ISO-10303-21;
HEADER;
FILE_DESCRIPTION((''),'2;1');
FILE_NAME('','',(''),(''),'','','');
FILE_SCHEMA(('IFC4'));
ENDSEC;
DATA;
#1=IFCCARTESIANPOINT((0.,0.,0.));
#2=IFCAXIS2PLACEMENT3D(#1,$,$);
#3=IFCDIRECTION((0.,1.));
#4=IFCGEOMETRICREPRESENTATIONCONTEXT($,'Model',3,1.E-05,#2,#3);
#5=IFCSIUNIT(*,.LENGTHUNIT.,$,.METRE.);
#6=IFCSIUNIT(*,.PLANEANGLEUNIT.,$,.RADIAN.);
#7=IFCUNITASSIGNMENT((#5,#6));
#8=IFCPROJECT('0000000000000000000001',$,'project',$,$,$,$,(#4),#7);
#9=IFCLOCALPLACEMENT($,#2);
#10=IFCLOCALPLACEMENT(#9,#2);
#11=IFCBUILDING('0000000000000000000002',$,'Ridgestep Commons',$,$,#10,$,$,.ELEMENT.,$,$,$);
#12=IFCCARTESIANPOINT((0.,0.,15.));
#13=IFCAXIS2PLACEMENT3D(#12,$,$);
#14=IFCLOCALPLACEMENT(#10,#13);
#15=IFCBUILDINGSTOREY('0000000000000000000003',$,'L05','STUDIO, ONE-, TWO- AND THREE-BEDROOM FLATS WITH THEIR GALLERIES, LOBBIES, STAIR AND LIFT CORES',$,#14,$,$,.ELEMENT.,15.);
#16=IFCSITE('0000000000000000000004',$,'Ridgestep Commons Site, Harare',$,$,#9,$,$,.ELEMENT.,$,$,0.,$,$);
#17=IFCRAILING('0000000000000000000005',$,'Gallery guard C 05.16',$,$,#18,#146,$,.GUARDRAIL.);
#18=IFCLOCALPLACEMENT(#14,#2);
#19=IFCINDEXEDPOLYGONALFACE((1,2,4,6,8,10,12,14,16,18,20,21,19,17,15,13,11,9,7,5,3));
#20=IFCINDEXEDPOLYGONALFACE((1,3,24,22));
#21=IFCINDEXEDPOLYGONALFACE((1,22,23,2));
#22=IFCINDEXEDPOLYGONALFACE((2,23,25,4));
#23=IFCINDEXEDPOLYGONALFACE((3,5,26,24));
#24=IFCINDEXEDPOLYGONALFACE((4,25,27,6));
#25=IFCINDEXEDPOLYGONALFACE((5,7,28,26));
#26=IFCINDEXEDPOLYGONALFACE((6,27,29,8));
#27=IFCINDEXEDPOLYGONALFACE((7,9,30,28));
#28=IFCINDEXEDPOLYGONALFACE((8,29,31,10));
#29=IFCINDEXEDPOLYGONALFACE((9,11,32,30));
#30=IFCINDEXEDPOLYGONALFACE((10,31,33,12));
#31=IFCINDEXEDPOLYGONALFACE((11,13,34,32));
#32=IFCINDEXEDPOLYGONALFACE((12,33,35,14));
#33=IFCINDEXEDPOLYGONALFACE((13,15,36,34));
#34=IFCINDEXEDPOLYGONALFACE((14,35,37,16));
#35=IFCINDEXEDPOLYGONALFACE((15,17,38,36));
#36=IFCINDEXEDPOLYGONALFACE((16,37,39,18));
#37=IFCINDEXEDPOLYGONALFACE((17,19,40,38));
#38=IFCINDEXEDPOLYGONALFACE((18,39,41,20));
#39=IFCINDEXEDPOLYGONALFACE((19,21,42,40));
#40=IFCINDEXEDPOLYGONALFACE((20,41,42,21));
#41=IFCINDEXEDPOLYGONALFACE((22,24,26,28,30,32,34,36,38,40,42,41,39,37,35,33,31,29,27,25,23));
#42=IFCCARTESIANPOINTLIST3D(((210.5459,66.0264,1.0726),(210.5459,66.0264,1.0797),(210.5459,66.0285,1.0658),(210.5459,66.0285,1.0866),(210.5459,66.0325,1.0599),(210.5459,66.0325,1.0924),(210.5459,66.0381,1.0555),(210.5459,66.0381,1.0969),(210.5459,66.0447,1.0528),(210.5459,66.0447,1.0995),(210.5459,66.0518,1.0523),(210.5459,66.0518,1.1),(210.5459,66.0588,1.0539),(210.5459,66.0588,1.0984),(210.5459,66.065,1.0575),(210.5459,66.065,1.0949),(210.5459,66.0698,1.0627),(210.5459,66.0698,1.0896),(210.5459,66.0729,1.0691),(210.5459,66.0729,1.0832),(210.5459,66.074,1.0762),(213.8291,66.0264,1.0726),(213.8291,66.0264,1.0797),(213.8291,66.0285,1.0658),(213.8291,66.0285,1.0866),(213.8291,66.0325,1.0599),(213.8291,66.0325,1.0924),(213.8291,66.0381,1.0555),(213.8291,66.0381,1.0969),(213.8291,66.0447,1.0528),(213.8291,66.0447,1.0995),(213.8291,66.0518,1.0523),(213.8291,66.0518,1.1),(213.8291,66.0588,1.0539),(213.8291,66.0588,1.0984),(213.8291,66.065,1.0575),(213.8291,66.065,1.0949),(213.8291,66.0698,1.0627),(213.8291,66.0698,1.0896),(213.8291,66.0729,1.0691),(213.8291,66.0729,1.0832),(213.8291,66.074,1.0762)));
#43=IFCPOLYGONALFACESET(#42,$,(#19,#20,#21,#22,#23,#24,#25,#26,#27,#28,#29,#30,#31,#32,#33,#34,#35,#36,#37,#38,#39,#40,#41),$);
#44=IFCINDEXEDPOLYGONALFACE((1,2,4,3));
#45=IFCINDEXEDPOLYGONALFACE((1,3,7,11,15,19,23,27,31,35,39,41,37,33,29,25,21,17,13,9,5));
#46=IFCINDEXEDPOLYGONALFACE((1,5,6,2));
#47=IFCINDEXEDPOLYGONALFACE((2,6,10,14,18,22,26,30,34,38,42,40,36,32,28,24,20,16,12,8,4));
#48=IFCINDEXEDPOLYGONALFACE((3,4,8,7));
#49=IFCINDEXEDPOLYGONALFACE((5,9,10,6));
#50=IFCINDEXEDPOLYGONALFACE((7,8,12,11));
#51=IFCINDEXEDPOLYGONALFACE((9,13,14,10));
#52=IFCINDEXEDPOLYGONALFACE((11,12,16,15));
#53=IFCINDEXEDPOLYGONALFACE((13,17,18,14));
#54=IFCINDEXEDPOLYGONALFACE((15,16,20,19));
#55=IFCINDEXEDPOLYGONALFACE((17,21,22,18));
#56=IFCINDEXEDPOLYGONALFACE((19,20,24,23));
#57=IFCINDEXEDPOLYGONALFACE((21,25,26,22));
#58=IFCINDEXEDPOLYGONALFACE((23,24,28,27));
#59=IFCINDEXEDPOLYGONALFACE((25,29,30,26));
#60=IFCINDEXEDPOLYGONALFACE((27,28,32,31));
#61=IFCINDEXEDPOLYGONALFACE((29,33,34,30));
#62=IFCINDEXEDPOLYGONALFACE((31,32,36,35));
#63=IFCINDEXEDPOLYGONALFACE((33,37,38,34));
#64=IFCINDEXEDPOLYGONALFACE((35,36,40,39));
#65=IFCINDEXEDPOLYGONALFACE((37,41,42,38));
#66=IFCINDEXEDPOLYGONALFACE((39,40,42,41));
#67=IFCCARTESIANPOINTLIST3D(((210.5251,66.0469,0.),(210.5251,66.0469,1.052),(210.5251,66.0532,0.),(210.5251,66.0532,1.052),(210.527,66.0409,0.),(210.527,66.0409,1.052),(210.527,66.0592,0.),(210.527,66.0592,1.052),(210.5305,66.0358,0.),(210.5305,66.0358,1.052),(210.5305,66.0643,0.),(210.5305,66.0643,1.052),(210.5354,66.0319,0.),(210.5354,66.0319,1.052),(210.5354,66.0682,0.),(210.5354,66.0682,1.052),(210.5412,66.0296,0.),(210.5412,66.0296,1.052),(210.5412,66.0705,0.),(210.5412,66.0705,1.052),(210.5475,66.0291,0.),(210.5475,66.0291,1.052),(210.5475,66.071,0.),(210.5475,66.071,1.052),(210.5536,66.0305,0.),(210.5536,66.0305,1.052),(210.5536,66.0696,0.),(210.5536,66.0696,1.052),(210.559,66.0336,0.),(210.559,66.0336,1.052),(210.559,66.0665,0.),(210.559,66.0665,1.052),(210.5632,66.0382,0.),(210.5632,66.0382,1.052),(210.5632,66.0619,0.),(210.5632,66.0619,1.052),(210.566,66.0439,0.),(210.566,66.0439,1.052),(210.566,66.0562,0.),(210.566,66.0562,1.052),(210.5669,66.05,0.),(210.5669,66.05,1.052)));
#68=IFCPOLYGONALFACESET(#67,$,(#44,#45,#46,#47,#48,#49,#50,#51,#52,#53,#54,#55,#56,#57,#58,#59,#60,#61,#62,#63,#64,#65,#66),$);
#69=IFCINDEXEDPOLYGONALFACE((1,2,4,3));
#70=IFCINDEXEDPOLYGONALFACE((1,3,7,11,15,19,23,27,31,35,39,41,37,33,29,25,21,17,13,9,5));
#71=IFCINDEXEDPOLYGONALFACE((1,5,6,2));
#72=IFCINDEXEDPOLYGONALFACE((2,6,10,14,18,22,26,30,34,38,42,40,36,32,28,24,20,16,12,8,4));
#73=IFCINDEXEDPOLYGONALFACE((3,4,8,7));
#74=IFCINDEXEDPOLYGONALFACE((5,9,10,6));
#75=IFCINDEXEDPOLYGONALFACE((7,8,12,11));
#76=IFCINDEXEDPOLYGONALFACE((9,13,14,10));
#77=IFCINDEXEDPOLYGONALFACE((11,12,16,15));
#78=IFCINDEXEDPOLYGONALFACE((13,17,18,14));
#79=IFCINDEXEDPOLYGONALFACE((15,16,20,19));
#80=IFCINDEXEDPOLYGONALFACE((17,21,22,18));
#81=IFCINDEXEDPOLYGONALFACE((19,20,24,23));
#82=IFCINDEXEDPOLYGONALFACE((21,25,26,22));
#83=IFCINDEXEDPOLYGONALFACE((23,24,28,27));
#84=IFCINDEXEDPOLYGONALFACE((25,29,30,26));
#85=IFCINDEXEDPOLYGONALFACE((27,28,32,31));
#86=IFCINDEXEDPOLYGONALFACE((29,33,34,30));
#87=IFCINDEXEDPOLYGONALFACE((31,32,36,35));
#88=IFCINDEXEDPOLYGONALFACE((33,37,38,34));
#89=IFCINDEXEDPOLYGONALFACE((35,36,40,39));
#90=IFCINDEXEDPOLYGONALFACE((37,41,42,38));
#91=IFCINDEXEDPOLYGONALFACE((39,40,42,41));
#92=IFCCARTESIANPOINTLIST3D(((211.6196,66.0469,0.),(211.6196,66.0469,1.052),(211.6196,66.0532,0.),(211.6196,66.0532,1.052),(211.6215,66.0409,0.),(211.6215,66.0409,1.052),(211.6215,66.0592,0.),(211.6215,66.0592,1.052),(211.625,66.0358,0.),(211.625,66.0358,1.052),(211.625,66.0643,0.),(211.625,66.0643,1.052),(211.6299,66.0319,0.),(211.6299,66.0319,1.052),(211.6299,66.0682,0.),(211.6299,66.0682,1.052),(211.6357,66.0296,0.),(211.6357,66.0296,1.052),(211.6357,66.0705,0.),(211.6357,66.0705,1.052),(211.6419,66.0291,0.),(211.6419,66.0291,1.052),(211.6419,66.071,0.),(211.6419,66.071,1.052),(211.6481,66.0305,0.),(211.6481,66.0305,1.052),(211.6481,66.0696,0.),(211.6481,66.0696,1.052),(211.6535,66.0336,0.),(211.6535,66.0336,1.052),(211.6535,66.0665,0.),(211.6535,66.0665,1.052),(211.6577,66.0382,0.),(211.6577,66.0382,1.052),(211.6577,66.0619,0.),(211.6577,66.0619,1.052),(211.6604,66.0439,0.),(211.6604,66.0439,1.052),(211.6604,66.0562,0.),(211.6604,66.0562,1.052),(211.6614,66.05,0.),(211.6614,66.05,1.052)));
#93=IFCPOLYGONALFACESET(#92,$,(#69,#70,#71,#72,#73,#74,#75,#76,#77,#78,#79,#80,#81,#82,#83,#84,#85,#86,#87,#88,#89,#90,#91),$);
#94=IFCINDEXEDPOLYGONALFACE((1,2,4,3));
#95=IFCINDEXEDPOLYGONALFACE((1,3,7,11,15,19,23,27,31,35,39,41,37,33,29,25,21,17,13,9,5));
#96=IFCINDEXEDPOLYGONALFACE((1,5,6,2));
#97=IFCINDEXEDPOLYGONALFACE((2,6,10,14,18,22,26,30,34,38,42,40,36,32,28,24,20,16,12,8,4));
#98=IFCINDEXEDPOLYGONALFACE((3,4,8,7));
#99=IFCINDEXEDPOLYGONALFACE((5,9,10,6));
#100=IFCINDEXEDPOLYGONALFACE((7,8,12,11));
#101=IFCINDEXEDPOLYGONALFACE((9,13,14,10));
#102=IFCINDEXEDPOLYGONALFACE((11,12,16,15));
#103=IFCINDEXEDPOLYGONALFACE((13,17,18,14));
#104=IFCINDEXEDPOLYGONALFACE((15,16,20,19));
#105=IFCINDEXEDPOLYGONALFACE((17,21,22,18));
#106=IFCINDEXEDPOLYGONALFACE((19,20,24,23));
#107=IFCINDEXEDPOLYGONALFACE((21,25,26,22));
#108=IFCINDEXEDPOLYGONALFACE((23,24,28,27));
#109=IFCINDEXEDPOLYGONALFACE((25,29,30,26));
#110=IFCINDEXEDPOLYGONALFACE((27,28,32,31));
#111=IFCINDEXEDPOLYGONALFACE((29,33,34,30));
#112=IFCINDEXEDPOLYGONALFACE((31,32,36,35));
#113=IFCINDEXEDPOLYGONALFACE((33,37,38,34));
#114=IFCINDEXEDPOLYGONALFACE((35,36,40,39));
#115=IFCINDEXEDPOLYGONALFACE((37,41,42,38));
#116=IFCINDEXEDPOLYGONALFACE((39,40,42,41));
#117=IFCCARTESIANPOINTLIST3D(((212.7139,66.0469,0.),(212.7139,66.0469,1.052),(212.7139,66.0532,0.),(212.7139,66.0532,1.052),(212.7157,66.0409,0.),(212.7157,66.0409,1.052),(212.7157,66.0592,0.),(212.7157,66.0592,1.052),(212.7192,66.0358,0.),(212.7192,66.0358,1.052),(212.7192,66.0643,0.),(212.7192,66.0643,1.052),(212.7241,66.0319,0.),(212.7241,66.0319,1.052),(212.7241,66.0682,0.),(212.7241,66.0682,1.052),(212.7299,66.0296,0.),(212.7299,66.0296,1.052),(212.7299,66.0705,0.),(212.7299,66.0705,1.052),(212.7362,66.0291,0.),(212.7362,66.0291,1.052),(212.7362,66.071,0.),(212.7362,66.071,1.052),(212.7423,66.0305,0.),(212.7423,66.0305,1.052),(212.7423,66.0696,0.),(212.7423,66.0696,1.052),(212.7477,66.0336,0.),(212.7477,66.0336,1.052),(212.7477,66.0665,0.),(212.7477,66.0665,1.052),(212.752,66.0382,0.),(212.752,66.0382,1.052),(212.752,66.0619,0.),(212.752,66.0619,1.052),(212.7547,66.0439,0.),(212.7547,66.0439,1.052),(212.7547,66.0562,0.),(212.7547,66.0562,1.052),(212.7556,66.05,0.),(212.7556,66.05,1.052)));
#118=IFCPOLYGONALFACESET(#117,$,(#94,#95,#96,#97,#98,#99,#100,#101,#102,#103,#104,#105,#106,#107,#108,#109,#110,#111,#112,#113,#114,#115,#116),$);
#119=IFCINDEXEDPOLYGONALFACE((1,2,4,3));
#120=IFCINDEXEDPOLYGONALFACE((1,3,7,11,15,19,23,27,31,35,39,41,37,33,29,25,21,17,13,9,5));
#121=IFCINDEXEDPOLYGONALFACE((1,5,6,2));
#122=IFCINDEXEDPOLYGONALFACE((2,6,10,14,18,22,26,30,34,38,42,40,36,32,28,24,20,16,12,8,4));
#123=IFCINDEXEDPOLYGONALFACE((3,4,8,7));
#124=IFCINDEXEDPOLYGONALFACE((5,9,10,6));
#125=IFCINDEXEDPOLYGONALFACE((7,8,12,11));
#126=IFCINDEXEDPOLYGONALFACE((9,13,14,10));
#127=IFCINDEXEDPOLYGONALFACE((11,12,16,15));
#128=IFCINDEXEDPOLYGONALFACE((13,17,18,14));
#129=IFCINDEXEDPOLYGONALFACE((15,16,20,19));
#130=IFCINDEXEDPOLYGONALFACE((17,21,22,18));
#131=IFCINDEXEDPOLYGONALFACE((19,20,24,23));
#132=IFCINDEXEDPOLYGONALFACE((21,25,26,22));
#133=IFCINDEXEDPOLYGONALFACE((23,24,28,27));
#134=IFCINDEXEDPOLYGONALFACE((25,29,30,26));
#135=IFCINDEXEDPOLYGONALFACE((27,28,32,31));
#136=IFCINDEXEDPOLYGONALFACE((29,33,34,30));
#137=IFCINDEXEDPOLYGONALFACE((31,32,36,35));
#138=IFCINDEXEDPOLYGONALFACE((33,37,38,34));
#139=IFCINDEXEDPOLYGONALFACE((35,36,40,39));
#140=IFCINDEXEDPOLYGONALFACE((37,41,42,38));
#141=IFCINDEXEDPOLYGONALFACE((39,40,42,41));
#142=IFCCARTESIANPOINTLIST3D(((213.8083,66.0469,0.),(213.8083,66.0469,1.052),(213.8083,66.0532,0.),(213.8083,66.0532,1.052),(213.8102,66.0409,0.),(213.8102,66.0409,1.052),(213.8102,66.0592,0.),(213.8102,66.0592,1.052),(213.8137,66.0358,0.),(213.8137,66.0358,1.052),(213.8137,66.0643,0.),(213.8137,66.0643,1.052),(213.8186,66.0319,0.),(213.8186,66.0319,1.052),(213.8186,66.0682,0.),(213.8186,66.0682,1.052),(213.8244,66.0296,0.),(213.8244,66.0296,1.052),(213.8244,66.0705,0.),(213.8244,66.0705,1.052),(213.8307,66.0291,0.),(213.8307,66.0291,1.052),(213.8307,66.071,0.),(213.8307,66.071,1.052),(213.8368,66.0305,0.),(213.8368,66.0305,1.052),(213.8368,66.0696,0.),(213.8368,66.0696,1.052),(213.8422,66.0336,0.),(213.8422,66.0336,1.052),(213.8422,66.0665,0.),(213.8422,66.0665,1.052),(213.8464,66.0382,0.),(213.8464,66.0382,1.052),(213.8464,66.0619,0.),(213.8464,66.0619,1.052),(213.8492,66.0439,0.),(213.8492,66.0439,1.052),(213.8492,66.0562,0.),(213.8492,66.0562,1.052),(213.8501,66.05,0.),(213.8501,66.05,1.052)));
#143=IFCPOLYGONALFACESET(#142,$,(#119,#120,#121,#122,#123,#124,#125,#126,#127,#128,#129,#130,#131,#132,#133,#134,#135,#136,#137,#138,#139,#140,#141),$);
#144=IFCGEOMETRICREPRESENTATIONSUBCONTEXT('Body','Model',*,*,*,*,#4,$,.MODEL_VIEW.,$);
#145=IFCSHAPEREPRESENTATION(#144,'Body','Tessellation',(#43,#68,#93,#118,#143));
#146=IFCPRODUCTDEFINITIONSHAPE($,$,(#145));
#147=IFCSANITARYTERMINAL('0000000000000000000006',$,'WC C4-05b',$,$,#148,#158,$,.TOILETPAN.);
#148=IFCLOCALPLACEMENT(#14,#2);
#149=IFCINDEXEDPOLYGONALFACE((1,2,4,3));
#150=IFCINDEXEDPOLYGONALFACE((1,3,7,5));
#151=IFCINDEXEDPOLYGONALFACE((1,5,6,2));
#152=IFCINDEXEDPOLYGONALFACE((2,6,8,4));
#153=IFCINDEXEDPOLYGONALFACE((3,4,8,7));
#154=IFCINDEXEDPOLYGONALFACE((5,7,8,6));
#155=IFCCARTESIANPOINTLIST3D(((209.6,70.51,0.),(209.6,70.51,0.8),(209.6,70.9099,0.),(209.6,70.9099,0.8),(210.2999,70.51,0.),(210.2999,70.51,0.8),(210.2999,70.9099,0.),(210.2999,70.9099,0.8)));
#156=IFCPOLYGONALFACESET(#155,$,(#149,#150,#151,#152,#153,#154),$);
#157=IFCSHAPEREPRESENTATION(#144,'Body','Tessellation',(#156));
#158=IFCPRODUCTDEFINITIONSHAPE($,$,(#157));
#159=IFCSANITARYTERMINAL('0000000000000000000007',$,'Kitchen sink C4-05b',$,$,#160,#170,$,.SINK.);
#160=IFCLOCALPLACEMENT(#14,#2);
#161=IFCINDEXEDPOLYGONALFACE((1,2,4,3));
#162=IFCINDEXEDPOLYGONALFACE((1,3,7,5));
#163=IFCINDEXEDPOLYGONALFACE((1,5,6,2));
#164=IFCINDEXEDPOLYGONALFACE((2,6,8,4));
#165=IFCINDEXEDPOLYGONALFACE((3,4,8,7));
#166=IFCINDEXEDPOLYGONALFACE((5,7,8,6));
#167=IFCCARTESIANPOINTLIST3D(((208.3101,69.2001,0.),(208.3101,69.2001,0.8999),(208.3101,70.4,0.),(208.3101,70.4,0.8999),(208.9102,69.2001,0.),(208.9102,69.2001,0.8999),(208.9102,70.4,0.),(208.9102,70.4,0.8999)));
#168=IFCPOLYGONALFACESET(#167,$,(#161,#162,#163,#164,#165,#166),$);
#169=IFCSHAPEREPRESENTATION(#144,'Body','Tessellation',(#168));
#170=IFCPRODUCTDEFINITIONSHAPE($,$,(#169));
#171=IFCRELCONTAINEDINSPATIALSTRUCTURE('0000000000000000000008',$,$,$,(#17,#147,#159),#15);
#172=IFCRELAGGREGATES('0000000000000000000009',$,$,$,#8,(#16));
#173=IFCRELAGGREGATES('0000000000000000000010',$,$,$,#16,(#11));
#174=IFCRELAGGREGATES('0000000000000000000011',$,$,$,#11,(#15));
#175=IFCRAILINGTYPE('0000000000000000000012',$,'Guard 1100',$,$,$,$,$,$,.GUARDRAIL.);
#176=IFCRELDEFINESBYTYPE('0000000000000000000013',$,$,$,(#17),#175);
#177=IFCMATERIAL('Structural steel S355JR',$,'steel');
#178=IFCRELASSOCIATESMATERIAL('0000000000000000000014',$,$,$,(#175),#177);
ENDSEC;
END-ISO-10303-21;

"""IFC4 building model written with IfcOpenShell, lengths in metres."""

from ifc_helpers import new_model, si_unit, direction, frame, origin, origin_2d, place, context, subcontext, project, spatial, rectangle, circle, extrude, material, type_object, element, save


model = new_model("IFC4")

# Units and contexts
model_context = context("Model", 3, precision=1e-05, world=origin(), true_north=direction((0.0, 1.0)))
body_context = subcontext(model_context, "Body", "Model", "MODEL_VIEW")
ifc_project = project(units=[si_unit("LENGTHUNIT", "METRE"), si_unit("PLANEANGLEUNIT", "RADIAN")], contexts=[model_context])

# Site, building, storey
site_placement = place(None, origin())
site = spatial("IfcSite", under=ifc_project, at=site_placement, Name="Ridgestep Commons Site, Harare", CompositionType="ELEMENT", RefElevation=0.0)
building_placement = place(site_placement, origin())
building = spatial("IfcBuilding", under=site, at=building_placement, Name="Ridgestep Commons", CompositionType="ELEMENT")
storey_placement = place(building_placement, frame((0.0, 0.0, 15.0)))
storey = spatial("IfcBuildingStorey", under=building, at=storey_placement, Name="L05", Description="STUDIO, ONE-, TWO- AND THREE-BEDROOM FLATS WITH THEIR GALLERIES, LOBBIES, STAIR AND LIFT CORES", CompositionType="ELEMENT", Elevation=15.0)

# Railing
ifc_material_1 = material(Name="Structural steel S355JR", Category="steel")
railing_type = type_object("IfcRailingType", Name="Guard 1100", PredefinedType="GUARDRAIL", material=ifc_material_1)
railing_1_placement = place(storey_placement, frame((210.5459, 66.05, 0.0)))
element("IfcRailing", 1, at=railing_1_placement, inside=storey, type_object=railing_type, Name="Gallery guard C 05.16", PredefinedType="GUARDRAIL", context=body_context, shape_type="SweptSolid", body=[
    extrude(circle(Radius=0.0239, at=origin_2d()), frame((0.0, 0.0, 1.0762), z_axis=(1.0, 0.0, 0.0), x_axis=(0.0, 1.0, 0.0)), (0.0, 0.0, 1.0), 3.2832),
    extrude(circle(Radius=0.021, at=origin_2d()), origin(), (0.0, 0.0, 1.0), 1.052),
    extrude(circle(Radius=0.021, at=origin_2d()), frame((1.0945, 0.0, 0.0)), (0.0, 0.0, 1.0), 1.052),
    extrude(circle(Radius=0.021, at=origin_2d()), frame((2.1887, 0.0, 0.0)), (0.0, 0.0, 1.0), 1.052),
    extrude(circle(Radius=0.021, at=origin_2d()), frame((3.2832, 0.0, 0.0)), (0.0, 0.0, 1.0), 1.052),
])

# Sanitary terminals
sanitary_terminal_1_placement = place(storey_placement, frame((209.95, 70.71, 0.0), z_axis=(0.0, 0.0, 1.0), x_axis=(1.0, 0.0, 0.0)))
element("IfcSanitaryTerminal", 2, at=sanitary_terminal_1_placement, inside=storey, Name="WC C4-05b", PredefinedType="TOILETPAN", context=body_context, shape_type="SweptSolid", body=[
    extrude(rectangle(XDim=0.7, YDim=0.3999, at=origin_2d()), origin(), (0.0, 0.0, 1.0), 0.8),
])
sanitary_terminal_2_placement = place(storey_placement, frame((208.6101, 69.8, 0.0), z_axis=(0.0, 0.0, 1.0), x_axis=(1.0, 0.0, 0.0)))
element("IfcSanitaryTerminal", 3, at=sanitary_terminal_2_placement, inside=storey, Name="Kitchen sink C4-05b", PredefinedType="SINK", context=body_context, shape_type="SweptSolid", body=[
    extrude(rectangle(XDim=0.6001, YDim=1.2, at=origin_2d()), origin(), (0.0, 0.0, 1.0), 0.8999),
])

save(model, "model.ifc")
